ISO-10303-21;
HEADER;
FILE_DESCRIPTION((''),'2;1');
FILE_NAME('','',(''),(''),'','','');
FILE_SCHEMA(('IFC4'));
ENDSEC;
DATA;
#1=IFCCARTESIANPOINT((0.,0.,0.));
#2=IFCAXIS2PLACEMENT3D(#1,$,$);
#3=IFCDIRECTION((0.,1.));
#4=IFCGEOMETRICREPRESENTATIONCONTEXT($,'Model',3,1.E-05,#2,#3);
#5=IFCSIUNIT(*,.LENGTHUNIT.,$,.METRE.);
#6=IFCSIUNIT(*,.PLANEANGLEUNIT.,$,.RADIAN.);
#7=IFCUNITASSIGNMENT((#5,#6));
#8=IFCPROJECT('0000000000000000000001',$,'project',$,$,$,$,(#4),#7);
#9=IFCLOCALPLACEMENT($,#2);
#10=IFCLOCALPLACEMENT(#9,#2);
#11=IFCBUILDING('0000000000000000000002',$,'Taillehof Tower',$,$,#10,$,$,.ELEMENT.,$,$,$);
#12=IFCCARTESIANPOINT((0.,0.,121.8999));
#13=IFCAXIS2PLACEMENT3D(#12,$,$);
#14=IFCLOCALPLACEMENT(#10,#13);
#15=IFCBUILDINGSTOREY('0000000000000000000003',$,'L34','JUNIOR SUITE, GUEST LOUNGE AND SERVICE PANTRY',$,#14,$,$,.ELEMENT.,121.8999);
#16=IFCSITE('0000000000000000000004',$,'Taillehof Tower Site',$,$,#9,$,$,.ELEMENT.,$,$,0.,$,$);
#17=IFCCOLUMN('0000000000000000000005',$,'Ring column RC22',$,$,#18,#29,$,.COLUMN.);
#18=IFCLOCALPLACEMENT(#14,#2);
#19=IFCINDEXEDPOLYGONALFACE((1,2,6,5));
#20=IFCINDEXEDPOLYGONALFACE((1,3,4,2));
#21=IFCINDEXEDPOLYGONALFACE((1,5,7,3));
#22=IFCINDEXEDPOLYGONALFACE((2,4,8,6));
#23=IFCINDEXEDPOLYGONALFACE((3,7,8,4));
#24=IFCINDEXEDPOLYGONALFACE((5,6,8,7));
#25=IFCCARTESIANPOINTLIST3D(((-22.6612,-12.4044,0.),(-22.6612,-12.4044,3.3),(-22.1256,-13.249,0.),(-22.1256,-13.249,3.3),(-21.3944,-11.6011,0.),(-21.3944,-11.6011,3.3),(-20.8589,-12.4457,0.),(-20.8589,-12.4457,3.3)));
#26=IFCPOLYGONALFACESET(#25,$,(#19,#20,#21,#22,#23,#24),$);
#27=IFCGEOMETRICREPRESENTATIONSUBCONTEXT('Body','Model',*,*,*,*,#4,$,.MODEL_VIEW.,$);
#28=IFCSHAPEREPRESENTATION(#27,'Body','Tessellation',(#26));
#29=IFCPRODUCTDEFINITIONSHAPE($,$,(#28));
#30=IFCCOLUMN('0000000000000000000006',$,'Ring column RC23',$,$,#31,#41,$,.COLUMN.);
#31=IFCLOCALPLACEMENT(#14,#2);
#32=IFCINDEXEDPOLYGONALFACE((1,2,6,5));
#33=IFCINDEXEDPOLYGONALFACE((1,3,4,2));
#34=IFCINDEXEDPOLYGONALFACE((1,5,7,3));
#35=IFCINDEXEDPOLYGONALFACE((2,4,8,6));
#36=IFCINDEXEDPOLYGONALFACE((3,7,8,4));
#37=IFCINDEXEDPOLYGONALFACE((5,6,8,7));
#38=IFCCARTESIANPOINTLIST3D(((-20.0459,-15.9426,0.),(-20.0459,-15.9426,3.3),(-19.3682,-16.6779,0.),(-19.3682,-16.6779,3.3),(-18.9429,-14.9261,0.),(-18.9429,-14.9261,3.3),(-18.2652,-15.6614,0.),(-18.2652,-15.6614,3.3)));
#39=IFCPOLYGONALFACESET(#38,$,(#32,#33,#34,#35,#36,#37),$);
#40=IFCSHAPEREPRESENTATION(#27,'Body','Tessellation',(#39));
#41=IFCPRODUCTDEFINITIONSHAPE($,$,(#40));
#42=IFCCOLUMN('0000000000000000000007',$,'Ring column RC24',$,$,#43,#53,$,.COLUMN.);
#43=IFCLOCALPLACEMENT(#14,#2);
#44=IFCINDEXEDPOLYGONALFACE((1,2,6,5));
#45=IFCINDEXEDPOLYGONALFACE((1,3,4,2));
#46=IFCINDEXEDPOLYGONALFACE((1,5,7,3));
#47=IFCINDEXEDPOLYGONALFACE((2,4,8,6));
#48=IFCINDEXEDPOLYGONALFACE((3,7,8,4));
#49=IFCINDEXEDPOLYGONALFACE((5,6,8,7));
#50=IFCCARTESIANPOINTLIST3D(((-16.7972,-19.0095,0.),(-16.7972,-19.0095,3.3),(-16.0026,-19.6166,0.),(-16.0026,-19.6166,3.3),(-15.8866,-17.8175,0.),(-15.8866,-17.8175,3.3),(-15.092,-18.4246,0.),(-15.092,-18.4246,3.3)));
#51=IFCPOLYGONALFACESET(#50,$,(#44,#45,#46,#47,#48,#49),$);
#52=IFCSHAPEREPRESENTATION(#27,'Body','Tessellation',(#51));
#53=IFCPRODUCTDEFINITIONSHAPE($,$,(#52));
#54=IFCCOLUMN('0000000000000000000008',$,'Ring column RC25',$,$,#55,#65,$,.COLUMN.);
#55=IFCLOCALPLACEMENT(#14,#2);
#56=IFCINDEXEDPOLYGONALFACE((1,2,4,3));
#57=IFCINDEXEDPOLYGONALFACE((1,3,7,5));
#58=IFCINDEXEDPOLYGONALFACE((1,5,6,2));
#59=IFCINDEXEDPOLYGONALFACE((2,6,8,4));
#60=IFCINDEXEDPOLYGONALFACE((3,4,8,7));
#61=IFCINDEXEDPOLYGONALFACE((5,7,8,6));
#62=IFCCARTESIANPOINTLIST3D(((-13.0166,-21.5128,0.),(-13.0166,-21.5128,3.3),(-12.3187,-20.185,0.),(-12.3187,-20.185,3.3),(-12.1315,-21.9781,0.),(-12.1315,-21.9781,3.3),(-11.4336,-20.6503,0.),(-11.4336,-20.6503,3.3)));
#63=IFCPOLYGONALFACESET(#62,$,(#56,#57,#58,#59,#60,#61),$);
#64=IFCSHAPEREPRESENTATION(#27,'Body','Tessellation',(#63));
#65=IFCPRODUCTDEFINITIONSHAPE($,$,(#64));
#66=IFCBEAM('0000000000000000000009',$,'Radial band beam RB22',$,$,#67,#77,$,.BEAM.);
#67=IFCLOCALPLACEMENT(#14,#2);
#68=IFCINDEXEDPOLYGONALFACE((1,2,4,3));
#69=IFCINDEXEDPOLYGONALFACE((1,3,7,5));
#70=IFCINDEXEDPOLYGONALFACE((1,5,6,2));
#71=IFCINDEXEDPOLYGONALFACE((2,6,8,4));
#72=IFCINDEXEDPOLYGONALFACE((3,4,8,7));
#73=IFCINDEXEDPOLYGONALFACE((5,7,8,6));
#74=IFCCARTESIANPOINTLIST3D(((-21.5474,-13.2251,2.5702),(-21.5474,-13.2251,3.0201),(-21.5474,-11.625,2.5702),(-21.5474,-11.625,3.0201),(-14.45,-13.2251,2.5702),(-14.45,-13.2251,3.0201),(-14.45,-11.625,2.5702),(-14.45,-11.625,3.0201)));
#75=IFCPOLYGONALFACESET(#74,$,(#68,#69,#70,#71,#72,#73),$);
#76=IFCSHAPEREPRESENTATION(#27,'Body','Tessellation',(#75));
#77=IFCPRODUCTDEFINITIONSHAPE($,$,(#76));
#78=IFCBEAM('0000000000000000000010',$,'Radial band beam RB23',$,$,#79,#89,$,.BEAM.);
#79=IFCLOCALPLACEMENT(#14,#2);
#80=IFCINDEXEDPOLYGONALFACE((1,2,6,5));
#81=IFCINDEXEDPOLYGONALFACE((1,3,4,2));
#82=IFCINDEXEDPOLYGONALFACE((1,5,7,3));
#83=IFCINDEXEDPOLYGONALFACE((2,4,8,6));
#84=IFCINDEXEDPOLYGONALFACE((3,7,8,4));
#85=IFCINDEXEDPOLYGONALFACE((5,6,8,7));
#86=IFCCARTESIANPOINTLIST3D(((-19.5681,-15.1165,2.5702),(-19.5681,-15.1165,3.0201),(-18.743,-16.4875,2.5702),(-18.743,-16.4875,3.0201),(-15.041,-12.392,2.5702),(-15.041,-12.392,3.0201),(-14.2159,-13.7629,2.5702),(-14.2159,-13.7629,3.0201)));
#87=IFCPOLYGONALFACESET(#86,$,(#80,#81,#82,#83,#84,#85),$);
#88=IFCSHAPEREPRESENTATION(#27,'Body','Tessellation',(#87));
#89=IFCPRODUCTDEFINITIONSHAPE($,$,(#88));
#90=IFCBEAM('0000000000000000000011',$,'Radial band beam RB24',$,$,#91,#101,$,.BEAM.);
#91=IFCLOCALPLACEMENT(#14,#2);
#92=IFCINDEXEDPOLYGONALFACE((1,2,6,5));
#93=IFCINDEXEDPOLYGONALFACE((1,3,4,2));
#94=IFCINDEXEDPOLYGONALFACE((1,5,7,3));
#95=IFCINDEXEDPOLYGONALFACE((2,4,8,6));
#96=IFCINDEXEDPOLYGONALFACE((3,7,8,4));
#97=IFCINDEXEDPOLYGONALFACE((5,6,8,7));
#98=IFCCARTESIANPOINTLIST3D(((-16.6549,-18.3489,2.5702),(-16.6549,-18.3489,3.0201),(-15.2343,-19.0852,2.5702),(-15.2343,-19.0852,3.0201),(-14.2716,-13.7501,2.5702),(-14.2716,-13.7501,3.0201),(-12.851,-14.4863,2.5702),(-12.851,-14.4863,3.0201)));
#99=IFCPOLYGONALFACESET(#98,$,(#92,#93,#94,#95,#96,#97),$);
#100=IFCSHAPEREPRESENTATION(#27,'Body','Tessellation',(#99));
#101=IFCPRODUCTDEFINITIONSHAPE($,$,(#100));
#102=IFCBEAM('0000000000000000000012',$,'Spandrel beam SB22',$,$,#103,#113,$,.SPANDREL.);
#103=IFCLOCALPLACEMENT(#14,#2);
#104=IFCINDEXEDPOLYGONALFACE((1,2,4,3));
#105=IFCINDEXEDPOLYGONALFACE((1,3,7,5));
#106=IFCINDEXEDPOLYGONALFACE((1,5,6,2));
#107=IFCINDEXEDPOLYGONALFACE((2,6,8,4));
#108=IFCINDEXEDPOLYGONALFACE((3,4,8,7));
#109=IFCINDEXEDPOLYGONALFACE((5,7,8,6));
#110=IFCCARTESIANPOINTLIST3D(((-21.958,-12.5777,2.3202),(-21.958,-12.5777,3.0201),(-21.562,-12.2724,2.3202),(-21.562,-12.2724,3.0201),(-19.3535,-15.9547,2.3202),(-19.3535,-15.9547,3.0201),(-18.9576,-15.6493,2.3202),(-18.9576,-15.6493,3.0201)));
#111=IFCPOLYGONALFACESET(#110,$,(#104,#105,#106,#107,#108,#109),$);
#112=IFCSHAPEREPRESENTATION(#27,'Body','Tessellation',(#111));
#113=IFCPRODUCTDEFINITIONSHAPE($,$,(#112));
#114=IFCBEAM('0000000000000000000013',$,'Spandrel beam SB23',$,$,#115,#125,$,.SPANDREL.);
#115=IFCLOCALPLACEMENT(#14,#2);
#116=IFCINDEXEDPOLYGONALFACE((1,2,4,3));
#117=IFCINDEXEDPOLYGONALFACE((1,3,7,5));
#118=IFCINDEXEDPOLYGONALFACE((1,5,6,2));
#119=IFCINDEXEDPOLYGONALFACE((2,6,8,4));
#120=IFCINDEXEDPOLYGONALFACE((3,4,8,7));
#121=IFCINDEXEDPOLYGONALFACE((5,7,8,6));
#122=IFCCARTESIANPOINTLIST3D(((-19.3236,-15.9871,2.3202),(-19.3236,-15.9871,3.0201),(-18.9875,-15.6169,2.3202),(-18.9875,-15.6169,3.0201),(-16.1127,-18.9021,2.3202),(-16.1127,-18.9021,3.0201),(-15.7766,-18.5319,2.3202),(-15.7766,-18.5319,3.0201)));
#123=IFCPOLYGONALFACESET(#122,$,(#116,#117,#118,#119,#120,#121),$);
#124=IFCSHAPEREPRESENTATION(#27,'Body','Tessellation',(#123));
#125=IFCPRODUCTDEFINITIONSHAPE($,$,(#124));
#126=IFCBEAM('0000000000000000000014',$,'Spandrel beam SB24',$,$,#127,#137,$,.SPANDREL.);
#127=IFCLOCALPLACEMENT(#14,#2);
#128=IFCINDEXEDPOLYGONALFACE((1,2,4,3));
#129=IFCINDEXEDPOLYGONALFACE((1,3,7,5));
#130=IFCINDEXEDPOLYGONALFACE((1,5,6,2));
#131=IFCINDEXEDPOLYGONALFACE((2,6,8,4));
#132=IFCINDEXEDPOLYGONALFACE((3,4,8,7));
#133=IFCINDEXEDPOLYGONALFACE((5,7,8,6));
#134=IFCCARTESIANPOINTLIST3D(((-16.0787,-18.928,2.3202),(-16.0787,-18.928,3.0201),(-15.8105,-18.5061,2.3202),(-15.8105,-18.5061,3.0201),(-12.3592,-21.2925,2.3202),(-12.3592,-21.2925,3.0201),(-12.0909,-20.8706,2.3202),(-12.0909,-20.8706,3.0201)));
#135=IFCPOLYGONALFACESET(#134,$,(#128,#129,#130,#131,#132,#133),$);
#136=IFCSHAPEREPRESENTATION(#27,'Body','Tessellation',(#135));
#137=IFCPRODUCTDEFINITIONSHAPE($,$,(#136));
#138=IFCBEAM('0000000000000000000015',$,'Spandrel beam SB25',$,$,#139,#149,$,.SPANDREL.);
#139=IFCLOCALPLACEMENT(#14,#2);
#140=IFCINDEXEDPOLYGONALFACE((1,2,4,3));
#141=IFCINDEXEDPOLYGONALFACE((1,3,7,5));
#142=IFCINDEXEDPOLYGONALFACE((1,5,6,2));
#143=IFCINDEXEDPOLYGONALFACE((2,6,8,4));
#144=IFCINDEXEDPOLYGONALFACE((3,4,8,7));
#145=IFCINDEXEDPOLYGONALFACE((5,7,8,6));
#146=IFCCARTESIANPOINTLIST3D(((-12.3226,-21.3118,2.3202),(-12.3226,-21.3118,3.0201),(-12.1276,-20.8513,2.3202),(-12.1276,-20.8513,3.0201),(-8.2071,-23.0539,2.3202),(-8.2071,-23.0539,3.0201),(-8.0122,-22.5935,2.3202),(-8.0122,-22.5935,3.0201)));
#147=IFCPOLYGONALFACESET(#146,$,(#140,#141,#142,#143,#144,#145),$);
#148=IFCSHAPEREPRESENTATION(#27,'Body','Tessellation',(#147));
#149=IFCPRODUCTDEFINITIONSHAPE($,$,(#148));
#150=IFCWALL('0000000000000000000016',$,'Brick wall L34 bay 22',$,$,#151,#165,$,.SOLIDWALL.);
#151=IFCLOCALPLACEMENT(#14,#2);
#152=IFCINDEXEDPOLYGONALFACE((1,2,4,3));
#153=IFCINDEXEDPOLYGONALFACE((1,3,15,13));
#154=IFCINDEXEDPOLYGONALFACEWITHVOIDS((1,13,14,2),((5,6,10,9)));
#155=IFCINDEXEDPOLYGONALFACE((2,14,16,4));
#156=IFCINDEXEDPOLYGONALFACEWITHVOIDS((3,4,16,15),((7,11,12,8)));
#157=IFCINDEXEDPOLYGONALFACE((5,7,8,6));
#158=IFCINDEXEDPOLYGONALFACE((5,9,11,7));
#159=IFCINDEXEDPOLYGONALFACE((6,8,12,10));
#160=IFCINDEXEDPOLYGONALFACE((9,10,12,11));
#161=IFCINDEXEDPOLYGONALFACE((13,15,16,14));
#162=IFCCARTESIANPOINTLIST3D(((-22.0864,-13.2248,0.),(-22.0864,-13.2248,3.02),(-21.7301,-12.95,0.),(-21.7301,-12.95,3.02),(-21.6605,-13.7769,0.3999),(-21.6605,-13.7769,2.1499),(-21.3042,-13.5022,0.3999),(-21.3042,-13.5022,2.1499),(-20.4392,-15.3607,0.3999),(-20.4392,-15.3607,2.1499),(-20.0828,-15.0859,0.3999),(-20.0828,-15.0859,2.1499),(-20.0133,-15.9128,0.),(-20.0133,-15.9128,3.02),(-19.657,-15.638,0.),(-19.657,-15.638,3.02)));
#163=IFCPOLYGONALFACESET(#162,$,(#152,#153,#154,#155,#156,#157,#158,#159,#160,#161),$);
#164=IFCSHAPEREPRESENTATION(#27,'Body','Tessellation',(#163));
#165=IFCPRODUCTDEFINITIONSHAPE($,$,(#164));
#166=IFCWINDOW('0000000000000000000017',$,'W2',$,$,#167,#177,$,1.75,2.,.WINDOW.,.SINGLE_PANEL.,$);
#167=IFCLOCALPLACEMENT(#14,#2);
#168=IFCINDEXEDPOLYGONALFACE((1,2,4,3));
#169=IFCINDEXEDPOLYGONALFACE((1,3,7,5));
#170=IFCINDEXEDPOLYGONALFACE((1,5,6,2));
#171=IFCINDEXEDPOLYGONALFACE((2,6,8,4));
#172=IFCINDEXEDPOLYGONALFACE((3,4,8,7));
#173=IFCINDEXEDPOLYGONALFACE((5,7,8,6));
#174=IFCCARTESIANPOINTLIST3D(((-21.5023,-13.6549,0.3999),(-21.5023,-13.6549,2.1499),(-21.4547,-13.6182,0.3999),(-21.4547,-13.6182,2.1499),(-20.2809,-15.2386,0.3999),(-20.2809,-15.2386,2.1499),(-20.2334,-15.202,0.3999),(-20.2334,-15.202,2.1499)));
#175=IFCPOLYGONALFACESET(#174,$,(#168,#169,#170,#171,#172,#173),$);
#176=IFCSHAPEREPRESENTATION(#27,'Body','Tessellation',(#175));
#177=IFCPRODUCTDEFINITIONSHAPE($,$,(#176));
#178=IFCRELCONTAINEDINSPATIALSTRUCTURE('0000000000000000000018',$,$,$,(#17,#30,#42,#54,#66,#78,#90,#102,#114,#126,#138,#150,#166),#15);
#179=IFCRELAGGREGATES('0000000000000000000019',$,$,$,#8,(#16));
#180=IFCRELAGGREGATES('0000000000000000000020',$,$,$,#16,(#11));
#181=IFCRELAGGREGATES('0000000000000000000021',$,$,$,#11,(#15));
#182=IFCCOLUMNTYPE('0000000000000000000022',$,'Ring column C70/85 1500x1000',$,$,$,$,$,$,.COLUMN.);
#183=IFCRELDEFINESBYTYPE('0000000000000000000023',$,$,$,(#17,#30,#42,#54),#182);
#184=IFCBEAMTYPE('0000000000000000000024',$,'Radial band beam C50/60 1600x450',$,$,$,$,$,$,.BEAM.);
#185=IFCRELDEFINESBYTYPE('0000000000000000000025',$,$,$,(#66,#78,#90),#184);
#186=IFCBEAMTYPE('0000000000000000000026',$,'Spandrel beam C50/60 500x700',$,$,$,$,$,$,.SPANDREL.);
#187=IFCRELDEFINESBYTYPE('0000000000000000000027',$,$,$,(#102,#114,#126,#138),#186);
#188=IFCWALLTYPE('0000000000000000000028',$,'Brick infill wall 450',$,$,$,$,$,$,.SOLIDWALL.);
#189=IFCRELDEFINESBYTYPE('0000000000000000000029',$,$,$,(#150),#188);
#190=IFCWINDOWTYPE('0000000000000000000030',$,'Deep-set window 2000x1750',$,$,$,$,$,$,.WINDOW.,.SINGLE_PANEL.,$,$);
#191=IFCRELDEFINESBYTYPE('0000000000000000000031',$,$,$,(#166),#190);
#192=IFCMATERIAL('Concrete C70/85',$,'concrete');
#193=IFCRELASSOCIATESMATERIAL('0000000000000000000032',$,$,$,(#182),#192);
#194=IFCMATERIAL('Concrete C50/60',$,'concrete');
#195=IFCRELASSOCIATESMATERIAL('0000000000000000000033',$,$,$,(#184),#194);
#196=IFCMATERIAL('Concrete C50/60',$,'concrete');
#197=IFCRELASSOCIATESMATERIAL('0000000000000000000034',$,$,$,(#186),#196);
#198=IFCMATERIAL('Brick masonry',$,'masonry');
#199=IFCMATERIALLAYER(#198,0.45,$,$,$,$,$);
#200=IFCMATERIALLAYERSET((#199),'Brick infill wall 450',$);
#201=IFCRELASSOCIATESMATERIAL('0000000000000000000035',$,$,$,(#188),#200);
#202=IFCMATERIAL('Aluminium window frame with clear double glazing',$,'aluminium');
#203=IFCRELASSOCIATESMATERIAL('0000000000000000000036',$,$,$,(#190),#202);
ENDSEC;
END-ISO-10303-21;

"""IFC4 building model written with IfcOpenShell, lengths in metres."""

from ifc_helpers import new_model, si_unit, direction, frame, frame_2d, origin, origin_2d, place, context, subcontext, project, spatial, rectangle, extrude, material, layer, layer_set, material_profile, profile_set, type_object, element, fill, save


model = new_model("IFC4")

# Units and contexts
model_context = context("Model", 3, precision=1e-05, world=origin(), true_north=direction((0.0, 1.0)))
body_context = subcontext(model_context, "Body", "Model", "MODEL_VIEW")
ifc_project = project(units=[si_unit("LENGTHUNIT", "METRE"), si_unit("PLANEANGLEUNIT", "RADIAN")], contexts=[model_context])

# Site, building, storey
site_placement = place(None, origin())
site = spatial("IfcSite", under=ifc_project, at=site_placement, Name="Taillehof Tower Site", CompositionType="ELEMENT", RefElevation=0.0)
building_placement = place(site_placement, origin())
building = spatial("IfcBuilding", under=site, at=building_placement, Name="Taillehof Tower", CompositionType="ELEMENT")
storey_placement = place(building_placement, frame((0.0, 0.0, 121.8999)))
storey = spatial("IfcBuildingStorey", under=building, at=storey_placement, Name="L34", Description="JUNIOR SUITE, GUEST LOUNGE AND SERVICE PANTRY", CompositionType="ELEMENT", Elevation=121.8999)

# Columns
ifc_material_1 = material(Name="Concrete C70/85", Category="concrete")
ifc_material_profile_1 = material_profile(ifc_material_1, rectangle(XDim=1.5, YDim=1.0, at=origin_2d()), Name="RC 1500x1000")
ifc_profile_set_1 = profile_set([ifc_material_profile_1], Name="Concrete C70/85")
column_type = type_object("IfcColumnType", Name="Ring column C70/85 1500x1000", PredefinedType="COLUMN", material=ifc_profile_set_1)
for number, where, z_axis, x_axis, name in (
    (1, (-21.76, -12.425, 0.0), (0.0, 0.0, 1.0), (-0.844511, -0.535537, 0.0), "Ring column RC22"),
    (2, (-19.1555, -15.802, 0.0), (0.0, 0.0, 1.0), (-0.735332, -0.677707, 0.0), "Ring column RC23"),
    (3, (-15.9446, -18.717, 0.0), (0.0, 0.0, 1.0), (-0.607074, -0.794645, 0.0), "Ring column RC24"),
    (4, (-12.2251, -21.0815, 0.0), (0.0, 0.0, 1.0), (-0.465283, -0.885162, 0.0), "Ring column RC25"),
):
    element("IfcColumn", number, at=place(storey_placement, frame(where, z_axis=z_axis, x_axis=x_axis)), inside=storey, type_object=column_type, Name=name, PredefinedType="COLUMN", context=body_context, shape_type="SweptSolid", body=[
        extrude(rectangle(XDim=1.5, YDim=1.0, at=origin_2d()), origin(), (0.0, 0.0, 1.0), 3.3),
    ])

# Beams
ifc_material_2 = material(Name="Concrete C50/60", Category="concrete")
ifc_material_profile_2 = material_profile(ifc_material_2, rectangle(XDim=1.6001, YDim=0.45, at=origin_2d()), Name="RC 1600x450")
ifc_profile_set_2 = profile_set([ifc_material_profile_2], Name="Concrete C50/60")
beam_type_1 = type_object("IfcBeamType", Name="Radial band beam C50/60 1600x450", PredefinedType="BEAM", material=ifc_profile_set_2)
beam_1_placement = place(storey_placement, frame((-21.5474, -12.425, 2.7952), z_axis=(1.0, 0.0, 0.0), x_axis=(0.0, 1.0, 0.0)))
element("IfcBeam", 5, at=beam_1_placement, inside=storey, type_object=beam_type_1, Name="Radial band beam RB22", PredefinedType="BEAM", context=body_context, shape_type="SweptSolid", body=[
    extrude(rectangle(XDim=1.6001, YDim=0.45, at=origin_2d()), origin(), (0.0, 0.0, 1.0), 7.0974),
])
beam_2_placement = place(storey_placement, frame((-19.1555, -15.802, 2.7952), z_axis=(0.856795, 0.515657, 0.0), x_axis=(-0.515657, 0.856795, 0.0)))
element("IfcBeam", 6, at=beam_2_placement, inside=storey, type_object=beam_type_1, Name="Radial band beam RB23", PredefinedType="BEAM", context=body_context, shape_type="SweptSolid", body=[
    extrude(rectangle(XDim=1.6001, YDim=0.45, at=origin_2d()), origin(), (0.0, 0.0, 1.0), 5.2837),
])
beam_3_placement = place(storey_placement, frame((-15.9446, -18.717, 2.7952), z_axis=(0.460119, 0.887857, 0.0), x_axis=(-0.887857, 0.460119, 0.0)))
element("IfcBeam", 7, at=beam_3_placement, inside=storey, type_object=beam_type_1, Name="Radial band beam RB24", PredefinedType="BEAM", context=body_context, shape_type="SweptSolid", body=[
    extrude(rectangle(XDim=1.6001, YDim=0.45, at=origin_2d()), origin(), (0.0, 0.0, 1.0), 5.1797),
])
ifc_material_3 = material(Name="Concrete C50/60", Category="concrete")
ifc_material_profile_3 = material_profile(ifc_material_3, rectangle(XDim=0.5, YDim=0.7, at=origin_2d()), Name="RC 500x700")
ifc_profile_set_3 = profile_set([ifc_material_profile_3], Name="Concrete C50/60")
beam_type_2 = type_object("IfcBeamType", Name="Spandrel beam C50/60 500x700", PredefinedType="SPANDREL", material=ifc_profile_set_3)
beam_4_placement = place(storey_placement, frame((-21.76, -12.425, 2.6702), z_axis=(0.610717, -0.791849, 0.0), x_axis=(0.791849, 0.610717, 0.0)))
element("IfcBeam", 8, at=beam_4_placement, inside=storey, type_object=beam_type_2, Name="Spandrel beam SB22", PredefinedType="SPANDREL", context=body_context, shape_type="SweptSolid", body=[
    extrude(rectangle(XDim=0.5, YDim=0.7, at=origin_2d()), origin(), (0.0, 0.0, 1.0), 4.2646),
])
beam_5_placement = place(storey_placement, frame((-19.1555, -15.802, 2.6702), z_axis=(0.740398, -0.672168, 0.0), x_axis=(0.672168, 0.740398, 0.0)))
element("IfcBeam", 9, at=beam_5_placement, inside=storey, type_object=beam_type_2, Name="Spandrel beam SB23", PredefinedType="SPANDREL", context=body_context, shape_type="SweptSolid", body=[
    extrude(rectangle(XDim=0.5, YDim=0.7, at=origin_2d()), origin(), (0.0, 0.0, 1.0), 4.3367),
])
beam_6_placement = place(storey_placement, frame((-15.9446, -18.717, 2.6702), z_axis=(0.843912, -0.536481, 0.0), x_axis=(0.536481, 0.843912, 0.0)))
element("IfcBeam", 10, at=beam_6_placement, inside=storey, type_object=beam_type_2, Name="Spandrel beam SB24", PredefinedType="SPANDREL", context=body_context, shape_type="SweptSolid", body=[
    extrude(rectangle(XDim=0.5, YDim=0.7, at=origin_2d()), origin(), (0.0, 0.0, 1.0), 4.4075),
])
beam_7_placement = place(storey_placement, frame((-12.2251, -21.0815, 2.6702), z_axis=(0.920885, -0.389834, 0.0), x_axis=(0.389834, 0.920885, 0.0)))
element("IfcBeam", 11, at=beam_7_placement, inside=storey, type_object=beam_type_2, Name="Spandrel beam SB25", PredefinedType="SPANDREL", context=body_context, shape_type="SweptSolid", body=[
    extrude(rectangle(XDim=0.5, YDim=0.7, at=origin_2d()), origin(), (0.0, 0.0, 1.0), 4.469),
])

# Wall, opening, window
ifc_material_4 = material(Name="Brick masonry", Category="masonry")
ifc_layer_1 = layer(ifc_material_4, 0.45)
ifc_layer_set_1 = layer_set([ifc_layer_1], Name="Brick infill wall 450")
wall_type_1 = type_object("IfcWallType", Name="Brick infill wall 450", PredefinedType="SOLIDWALL", material=ifc_layer_set_1)
wall_1_placement = place(storey_placement, frame((-21.9082, -13.0874, 0.0), z_axis=(0.0, 0.0, 1.0), x_axis=(0.610694, -0.791867, 0.0)))
wall_1 = element("IfcWall", 12, at=wall_1_placement, inside=storey, type_object=wall_type_1, Name="Brick wall L34 bay 22", PredefinedType="SOLIDWALL", context=body_context, shape_type="SweptSolid", body=[
    extrude(rectangle(XDim=3.3945, YDim=0.45, at=frame_2d((1.6973, 0.0))), origin(), (0.0, 0.0, 1.0), 3.02),
])
opening_1_placement = place(wall_1_placement, frame((0.6973, 0.0, 0.3999)))
opening_1 = element("IfcOpeningElement", 13, at=opening_1_placement, cuts=wall_1, PredefinedType="OPENING", context=body_context, shape_type="SweptSolid", body=[
    extrude(rectangle(XDim=2.0, YDim=1.75, at=frame_2d((1.0, 0.875))), frame((0.0, 0.2349, 0.0), z_axis=(0.0, -1.0, 0.0), x_axis=(1.0, 0.0, 0.0)), (0.0, 0.0, 1.0), 0.47),
])
ifc_material_5 = material(Name="Aluminium window frame with clear double glazing", Category="aluminium")
window_type_1 = type_object("IfcWindowType", Name="Deep-set window 2000x1750", PartitioningType="SINGLE_PANEL", PredefinedType="WINDOW", material=ifc_material_5)
window_1_placement = place(opening_1_placement, origin())
window_1 = element("IfcWindow", 14, at=window_1_placement, inside=storey, type_object=window_type_1, Name="W2", OverallHeight=1.75, OverallWidth=2.0, PartitioningType="SINGLE_PANEL", PredefinedType="WINDOW", context=body_context, shape_type="SweptSolid", body=[
    extrude(rectangle(XDim=2.0, YDim=1.75, at=frame_2d((1.0, 0.875))), frame((0.0, 0.0349, 0.0), z_axis=(0.0, -1.0, 0.0), x_axis=(1.0, 0.0, 0.0)), (0.0, 0.0, 1.0), 0.0601),
])
fill(opening_1, window_1)

save(model, "model.ifc")
